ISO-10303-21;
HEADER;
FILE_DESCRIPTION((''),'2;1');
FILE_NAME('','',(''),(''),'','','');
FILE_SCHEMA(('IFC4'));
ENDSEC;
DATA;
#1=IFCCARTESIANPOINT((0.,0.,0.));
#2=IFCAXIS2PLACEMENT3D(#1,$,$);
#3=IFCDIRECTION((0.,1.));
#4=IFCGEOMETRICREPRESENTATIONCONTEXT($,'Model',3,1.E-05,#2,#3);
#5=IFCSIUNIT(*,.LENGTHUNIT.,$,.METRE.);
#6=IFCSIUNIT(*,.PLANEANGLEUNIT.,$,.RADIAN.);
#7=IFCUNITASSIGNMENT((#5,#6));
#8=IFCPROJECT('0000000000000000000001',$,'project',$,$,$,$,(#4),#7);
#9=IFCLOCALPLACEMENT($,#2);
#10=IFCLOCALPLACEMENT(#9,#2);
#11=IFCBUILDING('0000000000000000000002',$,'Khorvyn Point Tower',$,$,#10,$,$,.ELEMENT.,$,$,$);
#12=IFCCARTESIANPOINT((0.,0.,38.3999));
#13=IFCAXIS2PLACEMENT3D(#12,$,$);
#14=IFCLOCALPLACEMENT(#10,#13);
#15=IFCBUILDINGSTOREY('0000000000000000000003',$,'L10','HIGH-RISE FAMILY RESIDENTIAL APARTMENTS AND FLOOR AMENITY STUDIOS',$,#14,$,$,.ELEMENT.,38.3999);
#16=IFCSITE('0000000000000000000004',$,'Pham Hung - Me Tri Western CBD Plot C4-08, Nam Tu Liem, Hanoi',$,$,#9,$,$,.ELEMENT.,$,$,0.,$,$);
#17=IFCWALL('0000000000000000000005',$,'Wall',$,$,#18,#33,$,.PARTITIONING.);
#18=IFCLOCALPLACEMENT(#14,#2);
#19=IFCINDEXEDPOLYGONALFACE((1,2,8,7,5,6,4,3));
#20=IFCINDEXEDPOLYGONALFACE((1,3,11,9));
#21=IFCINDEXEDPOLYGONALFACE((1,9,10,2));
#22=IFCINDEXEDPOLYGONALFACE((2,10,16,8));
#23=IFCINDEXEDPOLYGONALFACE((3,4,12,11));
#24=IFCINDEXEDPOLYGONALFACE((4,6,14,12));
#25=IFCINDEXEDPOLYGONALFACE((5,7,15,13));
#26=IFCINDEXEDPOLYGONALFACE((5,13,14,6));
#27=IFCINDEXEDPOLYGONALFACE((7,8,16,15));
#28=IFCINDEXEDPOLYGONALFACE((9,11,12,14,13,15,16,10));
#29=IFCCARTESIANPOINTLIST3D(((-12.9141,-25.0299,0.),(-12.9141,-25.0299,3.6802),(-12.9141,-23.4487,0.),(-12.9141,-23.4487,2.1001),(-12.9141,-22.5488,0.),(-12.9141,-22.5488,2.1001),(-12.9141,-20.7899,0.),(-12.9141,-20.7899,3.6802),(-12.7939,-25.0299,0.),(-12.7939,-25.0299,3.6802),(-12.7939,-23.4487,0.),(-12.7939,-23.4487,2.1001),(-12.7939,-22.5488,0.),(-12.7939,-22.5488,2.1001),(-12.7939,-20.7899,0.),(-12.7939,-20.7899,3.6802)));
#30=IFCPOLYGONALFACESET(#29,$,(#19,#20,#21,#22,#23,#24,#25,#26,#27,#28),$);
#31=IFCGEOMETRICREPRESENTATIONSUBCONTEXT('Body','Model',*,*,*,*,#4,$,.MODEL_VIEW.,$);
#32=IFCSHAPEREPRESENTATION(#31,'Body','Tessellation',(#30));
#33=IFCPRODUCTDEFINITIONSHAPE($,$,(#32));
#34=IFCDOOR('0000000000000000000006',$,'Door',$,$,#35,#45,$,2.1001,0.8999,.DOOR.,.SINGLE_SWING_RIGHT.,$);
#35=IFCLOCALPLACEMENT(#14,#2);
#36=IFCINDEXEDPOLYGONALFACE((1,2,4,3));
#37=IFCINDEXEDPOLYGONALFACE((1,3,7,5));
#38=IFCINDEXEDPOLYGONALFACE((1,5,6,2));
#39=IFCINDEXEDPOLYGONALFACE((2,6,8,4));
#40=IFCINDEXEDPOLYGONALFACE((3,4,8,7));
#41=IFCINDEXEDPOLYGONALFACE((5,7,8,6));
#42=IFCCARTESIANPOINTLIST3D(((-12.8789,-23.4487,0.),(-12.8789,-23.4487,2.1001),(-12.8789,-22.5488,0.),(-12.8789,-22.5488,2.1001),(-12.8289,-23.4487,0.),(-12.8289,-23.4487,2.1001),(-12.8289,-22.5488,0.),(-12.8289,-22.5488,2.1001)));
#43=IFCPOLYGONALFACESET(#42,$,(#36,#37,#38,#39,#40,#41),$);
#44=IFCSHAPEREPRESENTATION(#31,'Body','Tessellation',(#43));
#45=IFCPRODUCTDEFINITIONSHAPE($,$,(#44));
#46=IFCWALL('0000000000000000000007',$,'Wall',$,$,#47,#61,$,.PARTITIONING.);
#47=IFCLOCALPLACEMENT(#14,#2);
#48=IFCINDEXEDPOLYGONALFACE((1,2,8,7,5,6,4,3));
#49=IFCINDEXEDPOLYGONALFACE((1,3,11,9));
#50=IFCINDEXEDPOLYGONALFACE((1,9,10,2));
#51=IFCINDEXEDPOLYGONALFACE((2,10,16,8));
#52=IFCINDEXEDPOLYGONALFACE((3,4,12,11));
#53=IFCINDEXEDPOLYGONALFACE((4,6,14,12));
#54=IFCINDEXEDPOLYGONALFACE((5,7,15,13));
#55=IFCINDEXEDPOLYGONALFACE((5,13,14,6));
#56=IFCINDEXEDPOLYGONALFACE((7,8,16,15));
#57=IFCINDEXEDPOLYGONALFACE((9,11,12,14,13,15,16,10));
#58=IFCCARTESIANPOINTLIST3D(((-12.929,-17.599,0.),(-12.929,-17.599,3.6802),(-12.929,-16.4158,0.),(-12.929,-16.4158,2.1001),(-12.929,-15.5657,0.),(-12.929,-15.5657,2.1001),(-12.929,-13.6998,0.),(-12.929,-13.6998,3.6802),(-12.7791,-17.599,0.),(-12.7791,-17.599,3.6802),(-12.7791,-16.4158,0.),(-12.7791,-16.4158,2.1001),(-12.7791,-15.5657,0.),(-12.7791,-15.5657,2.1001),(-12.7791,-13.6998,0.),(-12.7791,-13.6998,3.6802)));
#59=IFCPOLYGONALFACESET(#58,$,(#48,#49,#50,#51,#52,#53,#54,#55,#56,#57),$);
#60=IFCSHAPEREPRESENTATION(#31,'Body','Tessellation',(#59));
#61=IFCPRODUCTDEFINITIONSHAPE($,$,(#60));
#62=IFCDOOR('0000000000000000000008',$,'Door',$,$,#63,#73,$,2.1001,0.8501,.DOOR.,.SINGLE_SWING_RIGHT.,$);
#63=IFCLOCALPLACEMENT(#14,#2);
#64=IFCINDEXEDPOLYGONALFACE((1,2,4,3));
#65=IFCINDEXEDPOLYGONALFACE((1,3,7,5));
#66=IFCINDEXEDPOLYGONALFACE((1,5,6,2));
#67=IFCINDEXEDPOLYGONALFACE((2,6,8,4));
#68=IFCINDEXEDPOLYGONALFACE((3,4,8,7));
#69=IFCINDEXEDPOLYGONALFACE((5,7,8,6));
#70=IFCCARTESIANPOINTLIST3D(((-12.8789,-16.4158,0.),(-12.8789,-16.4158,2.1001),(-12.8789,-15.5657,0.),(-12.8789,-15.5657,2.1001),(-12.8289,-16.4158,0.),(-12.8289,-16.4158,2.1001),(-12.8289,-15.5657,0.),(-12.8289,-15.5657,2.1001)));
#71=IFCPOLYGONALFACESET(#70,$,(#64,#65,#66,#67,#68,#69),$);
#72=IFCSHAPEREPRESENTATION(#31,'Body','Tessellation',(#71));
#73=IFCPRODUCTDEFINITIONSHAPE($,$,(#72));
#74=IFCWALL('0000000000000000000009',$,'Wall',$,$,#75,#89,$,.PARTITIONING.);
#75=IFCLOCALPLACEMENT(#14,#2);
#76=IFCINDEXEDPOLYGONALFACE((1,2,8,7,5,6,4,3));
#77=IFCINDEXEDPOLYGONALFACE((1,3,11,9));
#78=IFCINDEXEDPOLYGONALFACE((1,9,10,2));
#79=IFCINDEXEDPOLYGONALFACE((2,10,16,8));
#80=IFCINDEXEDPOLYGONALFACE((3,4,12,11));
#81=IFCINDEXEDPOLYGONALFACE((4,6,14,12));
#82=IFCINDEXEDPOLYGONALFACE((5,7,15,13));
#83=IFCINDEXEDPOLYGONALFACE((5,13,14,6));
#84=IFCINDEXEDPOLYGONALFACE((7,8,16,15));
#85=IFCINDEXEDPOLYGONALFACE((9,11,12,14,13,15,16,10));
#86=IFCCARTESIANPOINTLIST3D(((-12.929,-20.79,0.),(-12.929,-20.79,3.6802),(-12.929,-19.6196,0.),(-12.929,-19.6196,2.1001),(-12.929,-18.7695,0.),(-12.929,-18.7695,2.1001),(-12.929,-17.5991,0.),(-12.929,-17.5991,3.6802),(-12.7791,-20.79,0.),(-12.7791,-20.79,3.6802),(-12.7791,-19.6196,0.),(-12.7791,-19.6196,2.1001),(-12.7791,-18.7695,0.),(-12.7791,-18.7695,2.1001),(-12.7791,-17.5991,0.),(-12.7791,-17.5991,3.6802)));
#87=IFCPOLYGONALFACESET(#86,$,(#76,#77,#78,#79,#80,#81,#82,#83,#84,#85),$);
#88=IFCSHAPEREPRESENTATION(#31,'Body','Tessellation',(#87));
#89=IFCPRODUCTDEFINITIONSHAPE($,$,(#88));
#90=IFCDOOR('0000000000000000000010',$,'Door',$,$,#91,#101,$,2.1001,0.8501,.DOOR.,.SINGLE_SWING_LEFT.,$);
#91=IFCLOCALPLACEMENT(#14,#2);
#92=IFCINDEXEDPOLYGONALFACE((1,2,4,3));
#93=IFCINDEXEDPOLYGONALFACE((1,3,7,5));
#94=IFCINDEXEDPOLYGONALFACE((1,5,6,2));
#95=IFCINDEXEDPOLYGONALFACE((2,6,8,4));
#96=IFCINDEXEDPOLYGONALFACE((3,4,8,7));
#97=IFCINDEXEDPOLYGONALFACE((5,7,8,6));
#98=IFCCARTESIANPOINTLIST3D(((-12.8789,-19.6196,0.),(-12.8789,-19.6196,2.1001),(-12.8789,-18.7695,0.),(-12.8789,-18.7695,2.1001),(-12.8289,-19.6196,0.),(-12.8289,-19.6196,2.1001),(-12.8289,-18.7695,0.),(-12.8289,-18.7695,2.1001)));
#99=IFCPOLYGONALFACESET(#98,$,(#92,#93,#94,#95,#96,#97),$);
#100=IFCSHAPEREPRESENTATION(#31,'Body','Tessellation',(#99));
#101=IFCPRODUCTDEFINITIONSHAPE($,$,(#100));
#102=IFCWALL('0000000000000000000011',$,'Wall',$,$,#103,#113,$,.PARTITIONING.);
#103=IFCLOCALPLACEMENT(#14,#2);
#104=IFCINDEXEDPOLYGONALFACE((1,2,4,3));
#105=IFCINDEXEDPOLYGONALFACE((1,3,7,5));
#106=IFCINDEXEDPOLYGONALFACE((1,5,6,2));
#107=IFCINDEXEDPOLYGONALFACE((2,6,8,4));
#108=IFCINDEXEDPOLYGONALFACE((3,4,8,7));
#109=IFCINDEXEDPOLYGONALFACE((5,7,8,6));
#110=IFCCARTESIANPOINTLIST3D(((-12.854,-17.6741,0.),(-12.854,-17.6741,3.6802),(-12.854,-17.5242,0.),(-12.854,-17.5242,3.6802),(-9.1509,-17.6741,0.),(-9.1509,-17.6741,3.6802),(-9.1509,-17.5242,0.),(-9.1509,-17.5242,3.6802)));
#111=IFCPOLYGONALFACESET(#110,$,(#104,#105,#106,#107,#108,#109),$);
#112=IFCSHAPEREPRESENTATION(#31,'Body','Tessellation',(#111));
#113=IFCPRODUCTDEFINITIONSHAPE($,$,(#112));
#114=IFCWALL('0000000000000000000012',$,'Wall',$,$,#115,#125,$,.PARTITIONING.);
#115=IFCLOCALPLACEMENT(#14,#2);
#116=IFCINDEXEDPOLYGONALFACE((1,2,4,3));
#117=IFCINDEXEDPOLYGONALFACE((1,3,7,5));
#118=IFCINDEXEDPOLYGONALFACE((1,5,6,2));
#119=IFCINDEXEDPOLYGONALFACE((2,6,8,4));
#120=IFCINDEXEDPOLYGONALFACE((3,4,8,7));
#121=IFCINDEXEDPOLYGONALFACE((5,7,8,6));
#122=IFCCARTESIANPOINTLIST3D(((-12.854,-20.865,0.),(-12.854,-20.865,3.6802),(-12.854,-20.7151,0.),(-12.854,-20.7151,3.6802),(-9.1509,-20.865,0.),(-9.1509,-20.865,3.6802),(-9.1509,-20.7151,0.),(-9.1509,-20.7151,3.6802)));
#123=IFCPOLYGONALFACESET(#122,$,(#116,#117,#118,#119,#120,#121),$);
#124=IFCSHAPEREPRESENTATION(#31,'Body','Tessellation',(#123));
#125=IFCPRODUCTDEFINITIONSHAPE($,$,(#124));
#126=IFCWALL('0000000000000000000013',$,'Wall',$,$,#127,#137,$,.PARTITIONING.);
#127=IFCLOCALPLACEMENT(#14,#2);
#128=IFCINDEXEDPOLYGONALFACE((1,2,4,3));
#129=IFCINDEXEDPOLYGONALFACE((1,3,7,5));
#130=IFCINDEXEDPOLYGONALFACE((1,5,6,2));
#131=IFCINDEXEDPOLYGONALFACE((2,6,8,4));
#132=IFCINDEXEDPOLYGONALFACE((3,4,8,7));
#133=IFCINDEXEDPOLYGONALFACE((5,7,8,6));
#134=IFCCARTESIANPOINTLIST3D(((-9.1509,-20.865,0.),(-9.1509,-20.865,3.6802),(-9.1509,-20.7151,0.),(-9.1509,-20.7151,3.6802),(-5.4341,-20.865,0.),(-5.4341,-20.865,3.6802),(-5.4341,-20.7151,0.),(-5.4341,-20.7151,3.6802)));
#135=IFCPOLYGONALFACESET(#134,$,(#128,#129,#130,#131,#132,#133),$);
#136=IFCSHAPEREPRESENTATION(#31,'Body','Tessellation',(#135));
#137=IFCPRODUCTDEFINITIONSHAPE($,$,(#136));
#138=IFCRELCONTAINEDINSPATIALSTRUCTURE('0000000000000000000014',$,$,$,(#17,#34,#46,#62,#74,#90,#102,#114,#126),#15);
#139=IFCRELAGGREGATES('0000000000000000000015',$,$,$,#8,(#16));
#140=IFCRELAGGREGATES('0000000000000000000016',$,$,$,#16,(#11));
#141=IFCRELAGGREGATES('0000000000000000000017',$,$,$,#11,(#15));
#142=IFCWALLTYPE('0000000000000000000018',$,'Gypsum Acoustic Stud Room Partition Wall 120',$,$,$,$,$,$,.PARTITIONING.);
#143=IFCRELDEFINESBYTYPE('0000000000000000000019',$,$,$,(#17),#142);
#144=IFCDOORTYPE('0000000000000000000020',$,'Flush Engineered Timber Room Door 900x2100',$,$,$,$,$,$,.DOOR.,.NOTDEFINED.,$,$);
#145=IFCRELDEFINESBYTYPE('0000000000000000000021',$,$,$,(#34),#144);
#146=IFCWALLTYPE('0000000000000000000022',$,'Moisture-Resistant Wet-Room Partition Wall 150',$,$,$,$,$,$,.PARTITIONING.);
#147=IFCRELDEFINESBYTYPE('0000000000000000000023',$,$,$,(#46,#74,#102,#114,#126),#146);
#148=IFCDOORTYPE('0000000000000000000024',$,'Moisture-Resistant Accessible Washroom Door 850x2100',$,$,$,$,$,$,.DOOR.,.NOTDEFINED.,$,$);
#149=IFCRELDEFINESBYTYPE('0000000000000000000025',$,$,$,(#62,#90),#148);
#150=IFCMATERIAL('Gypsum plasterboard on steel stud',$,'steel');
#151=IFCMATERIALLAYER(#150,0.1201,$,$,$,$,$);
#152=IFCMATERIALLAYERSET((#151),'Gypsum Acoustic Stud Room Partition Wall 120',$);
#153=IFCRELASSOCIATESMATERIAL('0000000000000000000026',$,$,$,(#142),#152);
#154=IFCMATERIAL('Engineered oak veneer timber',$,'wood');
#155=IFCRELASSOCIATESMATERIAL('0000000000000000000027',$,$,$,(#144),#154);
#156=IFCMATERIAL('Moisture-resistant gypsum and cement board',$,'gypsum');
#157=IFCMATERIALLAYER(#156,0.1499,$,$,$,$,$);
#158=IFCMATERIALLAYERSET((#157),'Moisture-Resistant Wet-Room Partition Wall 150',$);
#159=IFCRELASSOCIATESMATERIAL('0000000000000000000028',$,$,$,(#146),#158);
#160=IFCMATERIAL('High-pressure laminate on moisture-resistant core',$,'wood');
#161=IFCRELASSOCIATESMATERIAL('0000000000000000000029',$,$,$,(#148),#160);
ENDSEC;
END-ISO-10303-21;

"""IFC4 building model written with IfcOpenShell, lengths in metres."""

from ifc_helpers import new_model, si_unit, direction, frame, frame_2d, origin, place, context, subcontext, project, spatial, rectangle, extrude, material, layer, layer_set, type_object, element, fill, save


model = new_model("IFC4")

# Units and contexts
model_context = context("Model", 3, precision=1e-05, world=origin(), true_north=direction((0.0, 1.0)))
body_context = subcontext(model_context, "Body", "Model", "MODEL_VIEW")
ifc_project = project(units=[si_unit("LENGTHUNIT", "METRE"), si_unit("PLANEANGLEUNIT", "RADIAN")], contexts=[model_context])

# Site, building, storey
site_placement = place(None, origin())
site = spatial("IfcSite", under=ifc_project, at=site_placement, Name="Pham Hung - Me Tri Western CBD Plot C4-08, Nam Tu Liem, Hanoi", CompositionType="ELEMENT", RefElevation=0.0)
building_placement = place(site_placement, origin())
building = spatial("IfcBuilding", under=site, at=building_placement, Name="Khorvyn Point Tower", CompositionType="ELEMENT")
storey_placement = place(building_placement, frame((0.0, 0.0, 38.3999)))
storey = spatial("IfcBuildingStorey", under=building, at=storey_placement, Name="L10", Description="HIGH-RISE FAMILY RESIDENTIAL APARTMENTS AND FLOOR AMENITY STUDIOS", CompositionType="ELEMENT", Elevation=38.3999)

# Walls, openings, doors
ifc_material_1 = material(Name="Gypsum plasterboard on steel stud", Category="steel")
ifc_layer_1 = layer(ifc_material_1, 0.1201)
ifc_layer_set_1 = layer_set([ifc_layer_1], Name="Gypsum Acoustic Stud Room Partition Wall 120")
wall_type_1 = type_object("IfcWallType", Name="Gypsum Acoustic Stud Room Partition Wall 120", PredefinedType="PARTITIONING", material=ifc_layer_set_1)
wall_1_placement = place(storey_placement, frame((-12.854, -25.03, 0.0), z_axis=(0.0, 0.0, 1.0), x_axis=(0.0, 1.0, 0.0)))
wall_1 = element("IfcWall", 1, at=wall_1_placement, inside=storey, type_object=wall_type_1, Name="Wall", PredefinedType="PARTITIONING", context=body_context, shape_type="SweptSolid", body=[
    extrude(rectangle(XDim=4.24, YDim=0.1201, at=frame_2d((2.1201, 0.0))), origin(), (0.0, 0.0, 1.0), 3.6802),
])
opening_1_placement = place(wall_1_placement, frame((1.5813, 0.0, 0.0)))
opening_1 = element("IfcOpeningElement", 2, at=opening_1_placement, cuts=wall_1, PredefinedType="OPENING", context=body_context, shape_type="SweptSolid", body=[
    extrude(rectangle(XDim=0.8999, YDim=2.1001, at=frame_2d((0.45, 1.05))), frame((0.0, 0.0701, 0.0), z_axis=(0.0, -1.0, 0.0), x_axis=(1.0, 0.0, 0.0)), (0.0, 0.0, 1.0), 0.1401),
])
ifc_material_2 = material(Name="Engineered oak veneer timber", Category="wood")
door_type_1 = type_object("IfcDoorType", Name="Flush Engineered Timber Room Door 900x2100", OperationType="NOTDEFINED", PredefinedType="DOOR", material=ifc_material_2)
door_1_placement = place(opening_1_placement, origin())
door_1 = element("IfcDoor", 3, at=door_1_placement, inside=storey, type_object=door_type_1, Name="Door", OperationType="SINGLE_SWING_RIGHT", OverallHeight=2.1001, OverallWidth=0.8999, PredefinedType="DOOR", context=body_context, shape_type="SweptSolid", body=[
    extrude(rectangle(XDim=0.8999, YDim=2.1001, at=frame_2d((0.45, 1.05))), frame((0.0, 0.0249, 0.0), z_axis=(0.0, -1.0, 0.0), x_axis=(1.0, 0.0, 0.0)), (0.0, 0.0, 1.0), 0.05),
])
fill(opening_1, door_1)
ifc_material_3 = material(Name="Moisture-resistant gypsum and cement board", Category="gypsum")
ifc_layer_2 = layer(ifc_material_3, 0.1499)
ifc_layer_set_2 = layer_set([ifc_layer_2], Name="Moisture-Resistant Wet-Room Partition Wall 150")
wall_type_2 = type_object("IfcWallType", Name="Moisture-Resistant Wet-Room Partition Wall 150", PredefinedType="PARTITIONING", material=ifc_layer_set_2)
wall_2_placement = place(storey_placement, frame((-12.854, -17.5991, 0.0), z_axis=(0.0, 0.0, 1.0), x_axis=(0.0, 1.0, 0.0)))
wall_2 = element("IfcWall", 4, at=wall_2_placement, inside=storey, type_object=wall_type_2, Name="Wall", PredefinedType="PARTITIONING", context=body_context, shape_type="SweptSolid", body=[
    extrude(rectangle(XDim=3.8992, YDim=0.1499, at=frame_2d((1.9497, 0.0))), origin(), (0.0, 0.0, 1.0), 3.6802),
])
opening_2_placement = place(wall_2_placement, frame((1.1833, 0.0, 0.0)))
opening_2 = element("IfcOpeningElement", 5, at=opening_2_placement, cuts=wall_2, PredefinedType="OPENING", context=body_context, shape_type="SweptSolid", body=[
    extrude(rectangle(XDim=0.8501, YDim=2.1001, at=frame_2d((0.425, 1.05))), frame((0.0, 0.085, 0.0), z_axis=(0.0, -1.0, 0.0), x_axis=(1.0, 0.0, 0.0)), (0.0, 0.0, 1.0), 0.1699),
])
ifc_material_4 = material(Name="High-pressure laminate on moisture-resistant core", Category="wood")
door_type_2 = type_object("IfcDoorType", Name="Moisture-Resistant Accessible Washroom Door 850x2100", OperationType="NOTDEFINED", PredefinedType="DOOR", material=ifc_material_4)
door_2_placement = place(opening_2_placement, origin())
door_2 = element("IfcDoor", 6, at=door_2_placement, inside=storey, type_object=door_type_2, Name="Door", OperationType="SINGLE_SWING_RIGHT", OverallHeight=2.1001, OverallWidth=0.8501, PredefinedType="DOOR", context=body_context, shape_type="SweptSolid", body=[
    extrude(rectangle(XDim=0.8501, YDim=2.1001, at=frame_2d((0.425, 1.05))), frame((0.0, 0.0249, 0.0), z_axis=(0.0, -1.0, 0.0), x_axis=(1.0, 0.0, 0.0)), (0.0, 0.0, 1.0), 0.05),
])
fill(opening_2, door_2)
wall_3_placement = place(storey_placement, frame((-12.854, -20.79, 0.0), z_axis=(0.0, 0.0, 1.0), x_axis=(0.0, 1.0, 0.0)))
wall_3 = element("IfcWall", 7, at=wall_3_placement, inside=storey, type_object=wall_type_2, Name="Wall", PredefinedType="PARTITIONING", context=body_context, shape_type="SweptSolid", body=[
    extrude(rectangle(XDim=3.1909, YDim=0.1499, at=frame_2d((1.5955, 0.0))), origin(), (0.0, 0.0, 1.0), 3.6802),
])
opening_3_placement = place(wall_3_placement, frame((1.1704, 0.0, 0.0)))
opening_3 = element("IfcOpeningElement", 8, at=opening_3_placement, cuts=wall_3, PredefinedType="OPENING", context=body_context, shape_type="SweptSolid", body=[
    extrude(rectangle(XDim=0.8501, YDim=2.1001, at=frame_2d((0.425, 1.05))), frame((0.0, 0.085, 0.0), z_axis=(0.0, -1.0, 0.0), x_axis=(1.0, 0.0, 0.0)), (0.0, 0.0, 1.0), 0.1699),
])
door_3_placement = place(opening_3_placement, origin())
door_3 = element("IfcDoor", 9, at=door_3_placement, inside=storey, type_object=door_type_2, Name="Door", OperationType="SINGLE_SWING_LEFT", OverallHeight=2.1001, OverallWidth=0.8501, PredefinedType="DOOR", context=body_context, shape_type="SweptSolid", body=[
    extrude(rectangle(XDim=0.8501, YDim=2.1001, at=frame_2d((0.425, 1.05))), frame((0.0, 0.0249, 0.0), z_axis=(0.0, -1.0, 0.0), x_axis=(1.0, 0.0, 0.0)), (0.0, 0.0, 1.0), 0.05),
])
fill(opening_3, door_3)

# Walls
for number, where, z_axis, x_axis, name in (
    (10, (-12.854, -17.5991, 0.0), (0.0, 0.0, 1.0), (1.0, 0.0, 0.0), "Wall"),
    (11, (-12.854, -20.79, 0.0), (0.0, 0.0, 1.0), (1.0, 0.0, 0.0), "Wall"),
):
    element("IfcWall", number, at=place(storey_placement, frame(where, z_axis=z_axis, x_axis=x_axis)), inside=storey, type_object=wall_type_2, Name=name, PredefinedType="PARTITIONING", context=body_context, shape_type="SweptSolid", body=[
        extrude(rectangle(XDim=3.7031, YDim=0.1499, at=frame_2d((1.8516, 0.0))), origin(), (0.0, 0.0, 1.0), 3.6802),
    ])
wall_4_placement = place(storey_placement, frame((-9.1509, -20.79, 0.0), z_axis=(0.0, 0.0, 1.0), x_axis=(1.0, 0.0, 0.0)))
element("IfcWall", 12, at=wall_4_placement, inside=storey, type_object=wall_type_2, Name="Wall", PredefinedType="PARTITIONING", context=body_context, shape_type="SweptSolid", body=[
    extrude(rectangle(XDim=3.7168, YDim=0.1499, at=frame_2d((1.8584, 0.0))), origin(), (0.0, 0.0, 1.0), 3.6802),
])

save(model, "model.ifc")
